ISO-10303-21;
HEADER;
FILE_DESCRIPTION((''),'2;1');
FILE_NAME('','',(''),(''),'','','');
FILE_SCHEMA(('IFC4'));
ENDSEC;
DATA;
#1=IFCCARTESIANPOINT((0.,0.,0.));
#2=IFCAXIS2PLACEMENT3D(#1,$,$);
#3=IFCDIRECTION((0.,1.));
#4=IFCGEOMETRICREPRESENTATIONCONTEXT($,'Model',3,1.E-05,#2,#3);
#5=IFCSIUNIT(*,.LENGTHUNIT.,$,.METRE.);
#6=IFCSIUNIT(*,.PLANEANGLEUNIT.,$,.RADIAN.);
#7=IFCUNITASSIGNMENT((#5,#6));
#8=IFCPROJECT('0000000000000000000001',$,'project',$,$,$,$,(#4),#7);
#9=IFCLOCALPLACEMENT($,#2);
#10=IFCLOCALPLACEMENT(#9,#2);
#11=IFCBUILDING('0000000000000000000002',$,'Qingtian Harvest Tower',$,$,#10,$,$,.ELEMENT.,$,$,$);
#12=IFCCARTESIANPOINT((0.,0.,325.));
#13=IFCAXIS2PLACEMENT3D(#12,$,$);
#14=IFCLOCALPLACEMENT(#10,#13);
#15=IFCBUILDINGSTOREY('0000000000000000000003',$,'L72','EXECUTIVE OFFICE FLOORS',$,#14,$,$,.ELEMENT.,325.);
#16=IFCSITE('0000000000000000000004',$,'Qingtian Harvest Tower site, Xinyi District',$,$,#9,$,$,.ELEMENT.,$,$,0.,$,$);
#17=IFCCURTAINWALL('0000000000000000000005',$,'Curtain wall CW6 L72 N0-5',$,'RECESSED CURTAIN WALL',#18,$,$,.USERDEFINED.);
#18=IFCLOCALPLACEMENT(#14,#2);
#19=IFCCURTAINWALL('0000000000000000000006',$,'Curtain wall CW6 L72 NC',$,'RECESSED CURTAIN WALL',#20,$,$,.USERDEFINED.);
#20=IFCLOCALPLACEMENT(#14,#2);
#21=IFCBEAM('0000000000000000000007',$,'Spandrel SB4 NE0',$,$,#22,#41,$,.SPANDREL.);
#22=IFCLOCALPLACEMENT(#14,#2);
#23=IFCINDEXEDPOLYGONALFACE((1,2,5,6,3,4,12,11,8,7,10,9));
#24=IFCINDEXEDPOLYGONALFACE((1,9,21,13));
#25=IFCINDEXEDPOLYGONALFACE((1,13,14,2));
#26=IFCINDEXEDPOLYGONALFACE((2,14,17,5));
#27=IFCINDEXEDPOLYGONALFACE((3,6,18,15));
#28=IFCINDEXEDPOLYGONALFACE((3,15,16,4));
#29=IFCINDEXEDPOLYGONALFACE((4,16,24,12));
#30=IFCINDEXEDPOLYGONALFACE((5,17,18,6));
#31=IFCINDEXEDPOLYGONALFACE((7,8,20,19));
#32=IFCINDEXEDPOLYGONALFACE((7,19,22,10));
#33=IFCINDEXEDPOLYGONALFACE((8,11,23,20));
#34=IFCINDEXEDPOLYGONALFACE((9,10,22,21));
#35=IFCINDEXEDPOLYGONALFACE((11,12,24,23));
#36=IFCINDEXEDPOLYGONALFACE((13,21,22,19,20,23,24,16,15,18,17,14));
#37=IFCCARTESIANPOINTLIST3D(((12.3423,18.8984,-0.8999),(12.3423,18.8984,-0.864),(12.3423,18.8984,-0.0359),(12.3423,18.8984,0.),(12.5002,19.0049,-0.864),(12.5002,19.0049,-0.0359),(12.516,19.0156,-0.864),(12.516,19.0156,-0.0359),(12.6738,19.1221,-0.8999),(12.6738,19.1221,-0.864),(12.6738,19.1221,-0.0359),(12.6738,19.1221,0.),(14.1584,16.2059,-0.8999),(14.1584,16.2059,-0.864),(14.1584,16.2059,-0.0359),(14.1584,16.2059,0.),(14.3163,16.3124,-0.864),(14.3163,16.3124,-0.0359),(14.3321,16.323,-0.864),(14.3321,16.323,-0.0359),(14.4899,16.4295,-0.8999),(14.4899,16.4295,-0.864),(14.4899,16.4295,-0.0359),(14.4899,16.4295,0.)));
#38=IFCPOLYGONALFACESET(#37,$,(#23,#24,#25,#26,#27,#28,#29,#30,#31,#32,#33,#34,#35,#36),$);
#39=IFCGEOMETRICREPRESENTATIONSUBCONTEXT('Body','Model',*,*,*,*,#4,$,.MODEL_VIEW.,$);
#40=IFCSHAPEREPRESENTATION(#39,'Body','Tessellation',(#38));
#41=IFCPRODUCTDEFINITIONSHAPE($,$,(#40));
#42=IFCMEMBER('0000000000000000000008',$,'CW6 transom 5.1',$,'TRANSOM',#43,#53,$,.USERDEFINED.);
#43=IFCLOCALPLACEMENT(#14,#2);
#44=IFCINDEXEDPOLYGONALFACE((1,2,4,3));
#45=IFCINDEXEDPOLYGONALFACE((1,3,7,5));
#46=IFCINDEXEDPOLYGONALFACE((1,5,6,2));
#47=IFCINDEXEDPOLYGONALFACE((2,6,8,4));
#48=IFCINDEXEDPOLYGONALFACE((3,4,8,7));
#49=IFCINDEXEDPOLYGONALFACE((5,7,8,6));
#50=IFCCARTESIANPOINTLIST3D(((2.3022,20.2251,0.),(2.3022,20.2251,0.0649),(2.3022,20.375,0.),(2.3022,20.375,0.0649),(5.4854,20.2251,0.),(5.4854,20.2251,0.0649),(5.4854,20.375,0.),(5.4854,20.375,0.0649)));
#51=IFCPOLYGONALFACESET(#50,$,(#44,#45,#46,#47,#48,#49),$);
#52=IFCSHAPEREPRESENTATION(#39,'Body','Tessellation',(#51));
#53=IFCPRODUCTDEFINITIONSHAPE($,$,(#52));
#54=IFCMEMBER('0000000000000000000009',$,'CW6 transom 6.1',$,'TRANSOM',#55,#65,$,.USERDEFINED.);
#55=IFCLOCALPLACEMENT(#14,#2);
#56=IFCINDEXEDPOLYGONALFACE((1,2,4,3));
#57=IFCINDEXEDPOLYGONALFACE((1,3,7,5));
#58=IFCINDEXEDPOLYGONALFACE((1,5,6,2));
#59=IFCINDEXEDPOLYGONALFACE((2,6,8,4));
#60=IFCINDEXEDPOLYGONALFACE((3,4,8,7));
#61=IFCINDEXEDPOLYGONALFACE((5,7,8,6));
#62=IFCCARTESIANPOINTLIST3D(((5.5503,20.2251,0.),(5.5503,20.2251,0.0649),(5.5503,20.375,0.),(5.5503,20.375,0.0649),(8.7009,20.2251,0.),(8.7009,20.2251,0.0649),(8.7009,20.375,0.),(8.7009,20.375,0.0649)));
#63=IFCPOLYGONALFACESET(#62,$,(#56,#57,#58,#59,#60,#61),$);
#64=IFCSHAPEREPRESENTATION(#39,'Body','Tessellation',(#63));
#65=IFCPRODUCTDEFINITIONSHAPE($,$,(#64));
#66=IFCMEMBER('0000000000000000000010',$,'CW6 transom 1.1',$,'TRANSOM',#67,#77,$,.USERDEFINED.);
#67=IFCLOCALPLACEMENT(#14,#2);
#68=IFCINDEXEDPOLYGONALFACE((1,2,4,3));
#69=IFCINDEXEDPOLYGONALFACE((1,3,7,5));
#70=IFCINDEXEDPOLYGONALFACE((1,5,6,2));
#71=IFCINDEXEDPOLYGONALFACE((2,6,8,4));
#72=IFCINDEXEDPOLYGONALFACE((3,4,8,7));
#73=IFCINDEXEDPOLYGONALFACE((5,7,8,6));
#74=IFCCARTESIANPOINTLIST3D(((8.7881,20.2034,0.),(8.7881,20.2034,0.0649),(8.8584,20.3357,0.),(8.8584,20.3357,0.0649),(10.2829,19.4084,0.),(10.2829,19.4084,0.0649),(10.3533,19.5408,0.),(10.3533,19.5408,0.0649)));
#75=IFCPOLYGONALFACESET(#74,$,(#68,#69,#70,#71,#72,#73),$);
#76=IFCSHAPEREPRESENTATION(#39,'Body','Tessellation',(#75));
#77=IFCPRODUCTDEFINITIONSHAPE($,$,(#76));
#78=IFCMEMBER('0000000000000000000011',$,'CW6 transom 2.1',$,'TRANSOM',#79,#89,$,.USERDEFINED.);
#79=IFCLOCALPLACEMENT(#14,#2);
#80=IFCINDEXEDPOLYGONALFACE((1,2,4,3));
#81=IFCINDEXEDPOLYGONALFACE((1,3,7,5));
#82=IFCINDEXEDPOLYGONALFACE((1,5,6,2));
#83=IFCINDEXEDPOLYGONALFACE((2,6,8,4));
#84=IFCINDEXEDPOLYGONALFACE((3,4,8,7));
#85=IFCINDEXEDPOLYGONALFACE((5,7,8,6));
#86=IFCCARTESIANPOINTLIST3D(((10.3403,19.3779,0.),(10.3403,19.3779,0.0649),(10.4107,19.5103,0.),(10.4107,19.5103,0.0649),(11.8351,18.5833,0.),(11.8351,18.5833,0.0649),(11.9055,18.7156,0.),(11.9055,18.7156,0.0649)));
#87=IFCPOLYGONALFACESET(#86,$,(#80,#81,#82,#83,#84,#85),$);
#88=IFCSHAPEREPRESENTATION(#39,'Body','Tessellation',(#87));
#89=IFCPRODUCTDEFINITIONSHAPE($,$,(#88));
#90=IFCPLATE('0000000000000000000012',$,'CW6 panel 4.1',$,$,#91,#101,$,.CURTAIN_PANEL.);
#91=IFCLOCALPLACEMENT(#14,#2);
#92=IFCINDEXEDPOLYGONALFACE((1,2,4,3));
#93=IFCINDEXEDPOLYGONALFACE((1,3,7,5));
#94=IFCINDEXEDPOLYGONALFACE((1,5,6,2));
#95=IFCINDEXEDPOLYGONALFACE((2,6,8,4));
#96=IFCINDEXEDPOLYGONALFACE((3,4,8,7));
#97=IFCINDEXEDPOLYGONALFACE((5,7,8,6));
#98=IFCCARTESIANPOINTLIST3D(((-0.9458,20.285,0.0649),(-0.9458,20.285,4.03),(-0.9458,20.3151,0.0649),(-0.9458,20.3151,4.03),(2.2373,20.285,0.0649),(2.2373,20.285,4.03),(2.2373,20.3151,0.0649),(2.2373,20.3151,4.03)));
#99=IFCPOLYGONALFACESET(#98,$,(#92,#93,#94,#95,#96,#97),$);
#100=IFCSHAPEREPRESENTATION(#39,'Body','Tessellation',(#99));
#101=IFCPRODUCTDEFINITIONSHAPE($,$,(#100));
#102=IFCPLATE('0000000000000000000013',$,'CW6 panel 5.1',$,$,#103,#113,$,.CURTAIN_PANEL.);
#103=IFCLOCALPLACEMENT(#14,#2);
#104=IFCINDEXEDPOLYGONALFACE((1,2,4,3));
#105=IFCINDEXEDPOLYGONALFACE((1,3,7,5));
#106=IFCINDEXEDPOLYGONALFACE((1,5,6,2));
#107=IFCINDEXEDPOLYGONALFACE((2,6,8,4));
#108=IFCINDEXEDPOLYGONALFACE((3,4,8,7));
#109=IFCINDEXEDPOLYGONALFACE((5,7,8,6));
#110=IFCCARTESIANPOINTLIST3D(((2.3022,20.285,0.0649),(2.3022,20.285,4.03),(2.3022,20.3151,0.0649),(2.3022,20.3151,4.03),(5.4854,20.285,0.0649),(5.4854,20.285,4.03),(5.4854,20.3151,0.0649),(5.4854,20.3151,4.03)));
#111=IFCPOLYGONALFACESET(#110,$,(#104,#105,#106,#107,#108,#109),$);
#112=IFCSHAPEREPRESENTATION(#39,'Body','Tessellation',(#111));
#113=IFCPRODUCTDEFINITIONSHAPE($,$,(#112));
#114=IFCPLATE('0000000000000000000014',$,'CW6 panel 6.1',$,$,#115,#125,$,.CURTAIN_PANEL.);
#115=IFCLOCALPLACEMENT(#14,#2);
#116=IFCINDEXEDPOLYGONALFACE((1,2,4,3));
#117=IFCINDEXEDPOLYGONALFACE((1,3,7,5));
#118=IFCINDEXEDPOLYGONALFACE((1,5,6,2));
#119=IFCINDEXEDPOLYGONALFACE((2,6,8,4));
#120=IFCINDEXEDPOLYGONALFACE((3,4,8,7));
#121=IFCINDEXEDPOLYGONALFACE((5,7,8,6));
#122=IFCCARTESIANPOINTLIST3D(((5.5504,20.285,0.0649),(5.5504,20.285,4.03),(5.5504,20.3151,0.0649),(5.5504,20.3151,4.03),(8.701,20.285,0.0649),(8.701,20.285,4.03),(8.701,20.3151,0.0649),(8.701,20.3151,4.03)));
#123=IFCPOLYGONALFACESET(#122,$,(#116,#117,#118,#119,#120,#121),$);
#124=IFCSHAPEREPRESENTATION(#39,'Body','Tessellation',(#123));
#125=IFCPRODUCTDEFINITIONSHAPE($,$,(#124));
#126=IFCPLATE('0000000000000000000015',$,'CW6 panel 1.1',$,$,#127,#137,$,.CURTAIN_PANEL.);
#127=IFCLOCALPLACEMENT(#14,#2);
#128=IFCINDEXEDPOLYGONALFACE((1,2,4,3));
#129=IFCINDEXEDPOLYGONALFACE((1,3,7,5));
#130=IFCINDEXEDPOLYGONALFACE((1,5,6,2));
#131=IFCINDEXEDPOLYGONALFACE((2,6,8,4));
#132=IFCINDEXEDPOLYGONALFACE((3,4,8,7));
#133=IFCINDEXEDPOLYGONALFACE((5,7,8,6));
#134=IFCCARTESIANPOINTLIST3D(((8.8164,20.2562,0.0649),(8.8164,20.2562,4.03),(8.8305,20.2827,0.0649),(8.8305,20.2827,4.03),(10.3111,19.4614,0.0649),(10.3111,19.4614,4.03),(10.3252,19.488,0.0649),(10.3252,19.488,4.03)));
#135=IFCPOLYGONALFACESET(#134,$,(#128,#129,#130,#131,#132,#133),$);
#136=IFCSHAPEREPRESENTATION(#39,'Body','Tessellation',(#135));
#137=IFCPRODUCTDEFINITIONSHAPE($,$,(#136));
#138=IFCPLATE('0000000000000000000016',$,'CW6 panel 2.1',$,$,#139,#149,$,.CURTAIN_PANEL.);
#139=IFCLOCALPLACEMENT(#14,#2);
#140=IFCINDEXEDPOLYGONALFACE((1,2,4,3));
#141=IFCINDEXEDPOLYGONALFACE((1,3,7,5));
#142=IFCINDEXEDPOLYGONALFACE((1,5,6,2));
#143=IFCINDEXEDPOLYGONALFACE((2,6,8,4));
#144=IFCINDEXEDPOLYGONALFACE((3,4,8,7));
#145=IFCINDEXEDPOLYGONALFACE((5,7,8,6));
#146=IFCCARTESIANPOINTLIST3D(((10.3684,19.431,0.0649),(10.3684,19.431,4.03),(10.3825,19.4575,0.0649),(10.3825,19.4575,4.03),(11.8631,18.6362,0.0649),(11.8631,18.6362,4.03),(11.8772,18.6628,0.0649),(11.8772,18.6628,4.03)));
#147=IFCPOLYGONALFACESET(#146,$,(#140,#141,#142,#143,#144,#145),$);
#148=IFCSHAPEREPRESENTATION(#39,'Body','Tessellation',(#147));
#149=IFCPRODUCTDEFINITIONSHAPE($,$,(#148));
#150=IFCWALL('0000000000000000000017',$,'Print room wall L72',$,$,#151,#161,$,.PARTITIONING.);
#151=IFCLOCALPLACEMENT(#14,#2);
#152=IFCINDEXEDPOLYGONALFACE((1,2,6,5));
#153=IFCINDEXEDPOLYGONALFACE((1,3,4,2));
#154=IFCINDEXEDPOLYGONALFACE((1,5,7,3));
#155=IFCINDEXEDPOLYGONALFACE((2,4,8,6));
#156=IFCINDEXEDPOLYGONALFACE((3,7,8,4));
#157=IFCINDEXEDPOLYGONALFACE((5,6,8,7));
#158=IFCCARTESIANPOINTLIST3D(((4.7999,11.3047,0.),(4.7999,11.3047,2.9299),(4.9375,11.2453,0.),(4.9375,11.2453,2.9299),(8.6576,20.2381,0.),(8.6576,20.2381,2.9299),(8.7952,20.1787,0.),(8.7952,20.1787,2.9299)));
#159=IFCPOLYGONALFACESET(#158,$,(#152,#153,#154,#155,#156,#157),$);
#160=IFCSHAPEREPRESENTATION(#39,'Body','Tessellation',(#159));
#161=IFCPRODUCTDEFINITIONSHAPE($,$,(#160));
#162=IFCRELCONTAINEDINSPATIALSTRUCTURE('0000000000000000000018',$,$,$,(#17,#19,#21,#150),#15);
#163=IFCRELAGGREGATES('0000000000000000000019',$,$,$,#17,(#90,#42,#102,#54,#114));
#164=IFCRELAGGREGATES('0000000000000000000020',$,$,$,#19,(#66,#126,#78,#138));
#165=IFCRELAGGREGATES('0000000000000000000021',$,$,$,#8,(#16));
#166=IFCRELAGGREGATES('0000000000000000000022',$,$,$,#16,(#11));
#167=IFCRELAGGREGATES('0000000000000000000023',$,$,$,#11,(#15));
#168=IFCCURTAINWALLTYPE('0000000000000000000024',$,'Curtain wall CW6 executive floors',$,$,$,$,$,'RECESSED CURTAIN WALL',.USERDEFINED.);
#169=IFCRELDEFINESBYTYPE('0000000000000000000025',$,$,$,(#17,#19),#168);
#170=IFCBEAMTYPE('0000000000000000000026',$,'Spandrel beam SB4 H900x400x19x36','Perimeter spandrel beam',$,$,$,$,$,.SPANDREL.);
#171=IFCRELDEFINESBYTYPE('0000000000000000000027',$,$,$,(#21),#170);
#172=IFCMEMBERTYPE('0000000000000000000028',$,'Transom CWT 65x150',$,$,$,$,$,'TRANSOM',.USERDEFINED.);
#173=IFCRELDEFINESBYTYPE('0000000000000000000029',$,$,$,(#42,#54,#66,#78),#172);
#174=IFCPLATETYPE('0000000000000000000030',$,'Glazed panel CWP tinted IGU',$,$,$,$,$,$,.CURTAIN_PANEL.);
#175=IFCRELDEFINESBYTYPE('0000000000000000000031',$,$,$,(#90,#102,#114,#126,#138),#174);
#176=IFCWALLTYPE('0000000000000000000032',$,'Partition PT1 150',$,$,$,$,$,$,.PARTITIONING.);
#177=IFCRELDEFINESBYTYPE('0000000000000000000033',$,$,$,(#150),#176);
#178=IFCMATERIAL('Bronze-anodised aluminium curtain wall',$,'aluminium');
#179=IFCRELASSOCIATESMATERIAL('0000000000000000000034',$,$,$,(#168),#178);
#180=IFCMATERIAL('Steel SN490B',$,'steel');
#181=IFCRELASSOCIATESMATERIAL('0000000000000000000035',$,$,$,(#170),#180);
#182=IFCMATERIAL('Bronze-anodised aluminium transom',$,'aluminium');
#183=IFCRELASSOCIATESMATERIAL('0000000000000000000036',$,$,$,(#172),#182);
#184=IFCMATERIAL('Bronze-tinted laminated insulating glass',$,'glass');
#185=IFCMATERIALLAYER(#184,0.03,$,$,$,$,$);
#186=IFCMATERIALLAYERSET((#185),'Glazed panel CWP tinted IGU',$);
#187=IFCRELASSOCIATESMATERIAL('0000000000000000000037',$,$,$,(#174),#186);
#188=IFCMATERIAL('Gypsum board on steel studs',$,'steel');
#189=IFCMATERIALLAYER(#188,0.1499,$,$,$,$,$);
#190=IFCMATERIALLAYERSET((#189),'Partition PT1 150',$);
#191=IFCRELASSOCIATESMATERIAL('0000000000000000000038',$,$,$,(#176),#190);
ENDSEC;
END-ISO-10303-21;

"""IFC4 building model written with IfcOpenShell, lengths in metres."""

from ifc_helpers import new_model, si_unit, direction, frame, frame_2d, origin, origin_2d, place, context, subcontext, project, spatial, rectangle, i_section, extrude, material, layer, layer_set, material_profile, profile_set, type_object, element, aggregate, save


model = new_model("IFC4")

# Units and contexts
model_context = context("Model", 3, precision=1e-05, world=origin(), true_north=direction((0.0, 1.0)))
body_context = subcontext(model_context, "Body", "Model", "MODEL_VIEW")
ifc_project = project(units=[si_unit("LENGTHUNIT", "METRE"), si_unit("PLANEANGLEUNIT", "RADIAN")], contexts=[model_context])

# Site, building, storey
site_placement = place(None, origin())
site = spatial("IfcSite", under=ifc_project, at=site_placement, Name="Qingtian Harvest Tower site, Xinyi District", CompositionType="ELEMENT", RefElevation=0.0)
building_placement = place(site_placement, origin())
building = spatial("IfcBuilding", under=site, at=building_placement, Name="Qingtian Harvest Tower", CompositionType="ELEMENT")
storey_placement = place(building_placement, frame((0.0, 0.0, 325.0)))
storey = spatial("IfcBuildingStorey", under=building, at=storey_placement, Name="L72", Description="EXECUTIVE OFFICE FLOORS", CompositionType="ELEMENT", Elevation=325.0)

# Curtain walls
ifc_material_1 = material(Name="Bronze-anodised aluminium curtain wall", Category="aluminium")
curtain_wall_type = type_object("IfcCurtainWallType", Name="Curtain wall CW6 executive floors", ElementType="RECESSED CURTAIN WALL", PredefinedType="USERDEFINED", material=ifc_material_1)
curtain_wall_1_placement = place(storey_placement, origin())
curtain_wall_1 = element("IfcCurtainWall", 1, at=curtain_wall_1_placement, inside=storey, type_object=curtain_wall_type, Name="Curtain wall CW6 L72 N0-5", ObjectType="RECESSED CURTAIN WALL", PredefinedType="USERDEFINED")
curtain_wall_2_placement = place(storey_placement, origin())
curtain_wall_2 = element("IfcCurtainWall", 2, at=curtain_wall_2_placement, inside=storey, type_object=curtain_wall_type, Name="Curtain wall CW6 L72 NC", ObjectType="RECESSED CURTAIN WALL", PredefinedType="USERDEFINED")

# Beam
ifc_material_2 = material(Name="Steel SN490B", Category="steel")
ifc_material_profile_1 = material_profile(ifc_material_2, i_section(OverallWidth=0.3999, OverallDepth=0.8999, WebThickness=0.019, FlangeThickness=0.0359, at=origin_2d()), Name="H900x400x19x36")
ifc_profile_set_1 = profile_set([ifc_material_profile_1], Name="Steel SN490B")
beam_type_1 = type_object("IfcBeamType", Name="Spandrel beam SB4 H900x400x19x36", Description="Perimeter spandrel beam", PredefinedType="SPANDREL", material=ifc_profile_set_1)
beam_1_placement = place(storey_placement, frame((12.5081, 19.0103, -0.45), z_axis=(0.559185, -0.829043, 0.0), x_axis=(0.829043, 0.559185, 0.0)))
element("IfcBeam", 3, at=beam_1_placement, inside=storey, type_object=beam_type_1, Name="Spandrel SB4 NE0", PredefinedType="SPANDREL", context=body_context, shape_type="SweptSolid", body=[
    extrude(i_section(OverallWidth=0.3999, OverallDepth=0.8999, WebThickness=0.019, FlangeThickness=0.0359, at=origin_2d()), origin(), (0.0, 0.0, 1.0), 3.2478),
])

# Members
ifc_material_3 = material(Name="Bronze-anodised aluminium transom", Category="aluminium")
ifc_material_profile_2 = material_profile(ifc_material_3, rectangle(XDim=0.1499, YDim=0.0649, at=origin_2d()), Name="AL 65x150")
ifc_profile_set_2 = profile_set([ifc_material_profile_2], Name="Bronze-anodised aluminium transom")
member_type_1 = type_object("IfcMemberType", Name="Transom CWT 65x150", ElementType="TRANSOM", PredefinedType="USERDEFINED", material=ifc_profile_set_2)
member_1_placement = place(storey_placement, frame((2.3022, 20.3, 0.0325), z_axis=(1.0, 0.0, 0.0), x_axis=(0.0, 1.0, 0.0)))
member_1 = element("IfcMember", 4, at=member_1_placement, type_object=member_type_1, Name="CW6 transom 5.1", ObjectType="TRANSOM", PredefinedType="USERDEFINED", context=body_context, shape_type="SweptSolid", body=[
    extrude(rectangle(XDim=0.1499, YDim=0.0649, at=origin_2d()), origin(), (0.0, 0.0, 1.0), 3.1831),
])
member_2_placement = place(storey_placement, frame((5.5503, 20.3, 0.0325), z_axis=(1.0, 0.0, 0.0), x_axis=(0.0, 1.0, 0.0)))
member_2 = element("IfcMember", 5, at=member_2_placement, type_object=member_type_1, Name="CW6 transom 6.1", ObjectType="TRANSOM", PredefinedType="USERDEFINED", context=body_context, shape_type="SweptSolid", body=[
    extrude(rectangle(XDim=0.1499, YDim=0.0649, at=origin_2d()), origin(), (0.0, 0.0, 1.0), 3.1506),
])
member_3_placement = place(storey_placement, frame((8.8232, 20.2695, 0.0325), z_axis=(0.882927, -0.46951, 0.0), x_axis=(0.46951, 0.882927, 0.0)))
member_3 = element("IfcMember", 6, at=member_3_placement, type_object=member_type_1, Name="CW6 transom 1.1", ObjectType="TRANSOM", PredefinedType="USERDEFINED", context=body_context, shape_type="SweptSolid", body=[
    extrude(rectangle(XDim=0.1499, YDim=0.0649, at=origin_2d()), origin(), (0.0, 0.0, 1.0), 1.6931),
])
member_4_placement = place(storey_placement, frame((10.3755, 19.4441, 0.0325), z_axis=(0.882987, -0.469398, 0.0), x_axis=(0.469398, 0.882987, 0.0)))
member_4 = element("IfcMember", 7, at=member_4_placement, type_object=member_type_1, Name="CW6 transom 2.1", ObjectType="TRANSOM", PredefinedType="USERDEFINED", context=body_context, shape_type="SweptSolid", body=[
    extrude(rectangle(XDim=0.1499, YDim=0.0649, at=origin_2d()), origin(), (0.0, 0.0, 1.0), 1.6929),
])

# Plates
ifc_material_4 = material(Name="Bronze-tinted laminated insulating glass", Category="glass")
ifc_layer_1 = layer(ifc_material_4, 0.03)
ifc_layer_set_1 = layer_set([ifc_layer_1], Name="Glazed panel CWP tinted IGU")
plate_type = type_object("IfcPlateType", Name="Glazed panel CWP tinted IGU", PredefinedType="CURTAIN_PANEL", material=ifc_layer_set_1)
plate_1_placement = place(storey_placement, frame((0.6458, 20.3, 0.0649), z_axis=(0.0, 0.0, 1.0), x_axis=(1.0, 0.0, 0.0)))
plate_1 = element("IfcPlate", 8, at=plate_1_placement, type_object=plate_type, Name="CW6 panel 4.1", PredefinedType="CURTAIN_PANEL", context=body_context, shape_type="SweptSolid", body=[
    extrude(rectangle(XDim=3.1831, YDim=0.03, at=origin_2d()), origin(), (0.0, 0.0, 1.0), 3.9651),
])
plate_2_placement = place(storey_placement, frame((3.8938, 20.3, 0.0649), z_axis=(0.0, 0.0, 1.0), x_axis=(1.0, 0.0, 0.0)))
plate_2 = element("IfcPlate", 9, at=plate_2_placement, type_object=plate_type, Name="CW6 panel 5.1", PredefinedType="CURTAIN_PANEL", context=body_context, shape_type="SweptSolid", body=[
    extrude(rectangle(XDim=3.1831, YDim=0.03, at=origin_2d()), origin(), (0.0, 0.0, 1.0), 3.9651),
])
plate_3_placement = place(storey_placement, frame((7.1257, 20.3, 0.0649), z_axis=(0.0, 0.0, 1.0), x_axis=(1.0, 0.0, 0.0)))
plate_3 = element("IfcPlate", 10, at=plate_3_placement, type_object=plate_type, Name="CW6 panel 6.1", PredefinedType="CURTAIN_PANEL", context=body_context, shape_type="SweptSolid", body=[
    extrude(rectangle(XDim=3.1506, YDim=0.03, at=origin_2d()), origin(), (0.0, 0.0, 1.0), 3.9651),
])
aggregate(curtain_wall_1, [plate_1, member_1, plate_2, member_2, plate_3])
plate_4_placement = place(storey_placement, frame((9.5708, 19.8721, 0.0649), z_axis=(0.0, 0.0, 1.0), x_axis=(0.882948, -0.469472, 0.0)))
plate_4 = element("IfcPlate", 11, at=plate_4_placement, type_object=plate_type, Name="CW6 panel 1.1", PredefinedType="CURTAIN_PANEL", context=body_context, shape_type="SweptSolid", body=[
    extrude(rectangle(XDim=1.6929, YDim=0.03, at=origin_2d()), origin(), (0.0, 0.0, 1.0), 3.9651),
])
plate_5_placement = place(storey_placement, frame((11.1228, 19.0469, 0.0649), z_axis=(0.0, 0.0, 1.0), x_axis=(0.882948, -0.469472, 0.0)))
plate_5 = element("IfcPlate", 12, at=plate_5_placement, type_object=plate_type, Name="CW6 panel 2.1", PredefinedType="CURTAIN_PANEL", context=body_context, shape_type="SweptSolid", body=[
    extrude(rectangle(XDim=1.6929, YDim=0.03, at=origin_2d()), origin(), (0.0, 0.0, 1.0), 3.9651),
])
aggregate(curtain_wall_2, [member_3, plate_4, member_4, plate_5])

# Wall
ifc_material_5 = material(Name="Gypsum board on steel studs", Category="steel")
ifc_layer_2 = layer(ifc_material_5, 0.1499)
ifc_layer_set_2 = layer_set([ifc_layer_2], Name="Partition PT1 150")
wall_type = type_object("IfcWallType", Name="Partition PT1 150", PredefinedType="PARTITIONING", material=ifc_layer_set_2)
wall_placement = place(storey_placement, frame((8.7263, 20.2083, 0.0), z_axis=(0.0, 0.0, 1.0), x_axis=(-0.396443, -0.918059, 0.0)))
element("IfcWall", 13, at=wall_placement, inside=storey, type_object=wall_type, Name="Print room wall L72", PredefinedType="PARTITIONING", context=body_context, shape_type="SweptSolid", body=[
    extrude(rectangle(XDim=9.7307, YDim=0.1499, at=frame_2d((4.8652, 0.0))), origin(), (0.0, 0.0, 1.0), 2.9299),
])

save(model, "model.ifc")
